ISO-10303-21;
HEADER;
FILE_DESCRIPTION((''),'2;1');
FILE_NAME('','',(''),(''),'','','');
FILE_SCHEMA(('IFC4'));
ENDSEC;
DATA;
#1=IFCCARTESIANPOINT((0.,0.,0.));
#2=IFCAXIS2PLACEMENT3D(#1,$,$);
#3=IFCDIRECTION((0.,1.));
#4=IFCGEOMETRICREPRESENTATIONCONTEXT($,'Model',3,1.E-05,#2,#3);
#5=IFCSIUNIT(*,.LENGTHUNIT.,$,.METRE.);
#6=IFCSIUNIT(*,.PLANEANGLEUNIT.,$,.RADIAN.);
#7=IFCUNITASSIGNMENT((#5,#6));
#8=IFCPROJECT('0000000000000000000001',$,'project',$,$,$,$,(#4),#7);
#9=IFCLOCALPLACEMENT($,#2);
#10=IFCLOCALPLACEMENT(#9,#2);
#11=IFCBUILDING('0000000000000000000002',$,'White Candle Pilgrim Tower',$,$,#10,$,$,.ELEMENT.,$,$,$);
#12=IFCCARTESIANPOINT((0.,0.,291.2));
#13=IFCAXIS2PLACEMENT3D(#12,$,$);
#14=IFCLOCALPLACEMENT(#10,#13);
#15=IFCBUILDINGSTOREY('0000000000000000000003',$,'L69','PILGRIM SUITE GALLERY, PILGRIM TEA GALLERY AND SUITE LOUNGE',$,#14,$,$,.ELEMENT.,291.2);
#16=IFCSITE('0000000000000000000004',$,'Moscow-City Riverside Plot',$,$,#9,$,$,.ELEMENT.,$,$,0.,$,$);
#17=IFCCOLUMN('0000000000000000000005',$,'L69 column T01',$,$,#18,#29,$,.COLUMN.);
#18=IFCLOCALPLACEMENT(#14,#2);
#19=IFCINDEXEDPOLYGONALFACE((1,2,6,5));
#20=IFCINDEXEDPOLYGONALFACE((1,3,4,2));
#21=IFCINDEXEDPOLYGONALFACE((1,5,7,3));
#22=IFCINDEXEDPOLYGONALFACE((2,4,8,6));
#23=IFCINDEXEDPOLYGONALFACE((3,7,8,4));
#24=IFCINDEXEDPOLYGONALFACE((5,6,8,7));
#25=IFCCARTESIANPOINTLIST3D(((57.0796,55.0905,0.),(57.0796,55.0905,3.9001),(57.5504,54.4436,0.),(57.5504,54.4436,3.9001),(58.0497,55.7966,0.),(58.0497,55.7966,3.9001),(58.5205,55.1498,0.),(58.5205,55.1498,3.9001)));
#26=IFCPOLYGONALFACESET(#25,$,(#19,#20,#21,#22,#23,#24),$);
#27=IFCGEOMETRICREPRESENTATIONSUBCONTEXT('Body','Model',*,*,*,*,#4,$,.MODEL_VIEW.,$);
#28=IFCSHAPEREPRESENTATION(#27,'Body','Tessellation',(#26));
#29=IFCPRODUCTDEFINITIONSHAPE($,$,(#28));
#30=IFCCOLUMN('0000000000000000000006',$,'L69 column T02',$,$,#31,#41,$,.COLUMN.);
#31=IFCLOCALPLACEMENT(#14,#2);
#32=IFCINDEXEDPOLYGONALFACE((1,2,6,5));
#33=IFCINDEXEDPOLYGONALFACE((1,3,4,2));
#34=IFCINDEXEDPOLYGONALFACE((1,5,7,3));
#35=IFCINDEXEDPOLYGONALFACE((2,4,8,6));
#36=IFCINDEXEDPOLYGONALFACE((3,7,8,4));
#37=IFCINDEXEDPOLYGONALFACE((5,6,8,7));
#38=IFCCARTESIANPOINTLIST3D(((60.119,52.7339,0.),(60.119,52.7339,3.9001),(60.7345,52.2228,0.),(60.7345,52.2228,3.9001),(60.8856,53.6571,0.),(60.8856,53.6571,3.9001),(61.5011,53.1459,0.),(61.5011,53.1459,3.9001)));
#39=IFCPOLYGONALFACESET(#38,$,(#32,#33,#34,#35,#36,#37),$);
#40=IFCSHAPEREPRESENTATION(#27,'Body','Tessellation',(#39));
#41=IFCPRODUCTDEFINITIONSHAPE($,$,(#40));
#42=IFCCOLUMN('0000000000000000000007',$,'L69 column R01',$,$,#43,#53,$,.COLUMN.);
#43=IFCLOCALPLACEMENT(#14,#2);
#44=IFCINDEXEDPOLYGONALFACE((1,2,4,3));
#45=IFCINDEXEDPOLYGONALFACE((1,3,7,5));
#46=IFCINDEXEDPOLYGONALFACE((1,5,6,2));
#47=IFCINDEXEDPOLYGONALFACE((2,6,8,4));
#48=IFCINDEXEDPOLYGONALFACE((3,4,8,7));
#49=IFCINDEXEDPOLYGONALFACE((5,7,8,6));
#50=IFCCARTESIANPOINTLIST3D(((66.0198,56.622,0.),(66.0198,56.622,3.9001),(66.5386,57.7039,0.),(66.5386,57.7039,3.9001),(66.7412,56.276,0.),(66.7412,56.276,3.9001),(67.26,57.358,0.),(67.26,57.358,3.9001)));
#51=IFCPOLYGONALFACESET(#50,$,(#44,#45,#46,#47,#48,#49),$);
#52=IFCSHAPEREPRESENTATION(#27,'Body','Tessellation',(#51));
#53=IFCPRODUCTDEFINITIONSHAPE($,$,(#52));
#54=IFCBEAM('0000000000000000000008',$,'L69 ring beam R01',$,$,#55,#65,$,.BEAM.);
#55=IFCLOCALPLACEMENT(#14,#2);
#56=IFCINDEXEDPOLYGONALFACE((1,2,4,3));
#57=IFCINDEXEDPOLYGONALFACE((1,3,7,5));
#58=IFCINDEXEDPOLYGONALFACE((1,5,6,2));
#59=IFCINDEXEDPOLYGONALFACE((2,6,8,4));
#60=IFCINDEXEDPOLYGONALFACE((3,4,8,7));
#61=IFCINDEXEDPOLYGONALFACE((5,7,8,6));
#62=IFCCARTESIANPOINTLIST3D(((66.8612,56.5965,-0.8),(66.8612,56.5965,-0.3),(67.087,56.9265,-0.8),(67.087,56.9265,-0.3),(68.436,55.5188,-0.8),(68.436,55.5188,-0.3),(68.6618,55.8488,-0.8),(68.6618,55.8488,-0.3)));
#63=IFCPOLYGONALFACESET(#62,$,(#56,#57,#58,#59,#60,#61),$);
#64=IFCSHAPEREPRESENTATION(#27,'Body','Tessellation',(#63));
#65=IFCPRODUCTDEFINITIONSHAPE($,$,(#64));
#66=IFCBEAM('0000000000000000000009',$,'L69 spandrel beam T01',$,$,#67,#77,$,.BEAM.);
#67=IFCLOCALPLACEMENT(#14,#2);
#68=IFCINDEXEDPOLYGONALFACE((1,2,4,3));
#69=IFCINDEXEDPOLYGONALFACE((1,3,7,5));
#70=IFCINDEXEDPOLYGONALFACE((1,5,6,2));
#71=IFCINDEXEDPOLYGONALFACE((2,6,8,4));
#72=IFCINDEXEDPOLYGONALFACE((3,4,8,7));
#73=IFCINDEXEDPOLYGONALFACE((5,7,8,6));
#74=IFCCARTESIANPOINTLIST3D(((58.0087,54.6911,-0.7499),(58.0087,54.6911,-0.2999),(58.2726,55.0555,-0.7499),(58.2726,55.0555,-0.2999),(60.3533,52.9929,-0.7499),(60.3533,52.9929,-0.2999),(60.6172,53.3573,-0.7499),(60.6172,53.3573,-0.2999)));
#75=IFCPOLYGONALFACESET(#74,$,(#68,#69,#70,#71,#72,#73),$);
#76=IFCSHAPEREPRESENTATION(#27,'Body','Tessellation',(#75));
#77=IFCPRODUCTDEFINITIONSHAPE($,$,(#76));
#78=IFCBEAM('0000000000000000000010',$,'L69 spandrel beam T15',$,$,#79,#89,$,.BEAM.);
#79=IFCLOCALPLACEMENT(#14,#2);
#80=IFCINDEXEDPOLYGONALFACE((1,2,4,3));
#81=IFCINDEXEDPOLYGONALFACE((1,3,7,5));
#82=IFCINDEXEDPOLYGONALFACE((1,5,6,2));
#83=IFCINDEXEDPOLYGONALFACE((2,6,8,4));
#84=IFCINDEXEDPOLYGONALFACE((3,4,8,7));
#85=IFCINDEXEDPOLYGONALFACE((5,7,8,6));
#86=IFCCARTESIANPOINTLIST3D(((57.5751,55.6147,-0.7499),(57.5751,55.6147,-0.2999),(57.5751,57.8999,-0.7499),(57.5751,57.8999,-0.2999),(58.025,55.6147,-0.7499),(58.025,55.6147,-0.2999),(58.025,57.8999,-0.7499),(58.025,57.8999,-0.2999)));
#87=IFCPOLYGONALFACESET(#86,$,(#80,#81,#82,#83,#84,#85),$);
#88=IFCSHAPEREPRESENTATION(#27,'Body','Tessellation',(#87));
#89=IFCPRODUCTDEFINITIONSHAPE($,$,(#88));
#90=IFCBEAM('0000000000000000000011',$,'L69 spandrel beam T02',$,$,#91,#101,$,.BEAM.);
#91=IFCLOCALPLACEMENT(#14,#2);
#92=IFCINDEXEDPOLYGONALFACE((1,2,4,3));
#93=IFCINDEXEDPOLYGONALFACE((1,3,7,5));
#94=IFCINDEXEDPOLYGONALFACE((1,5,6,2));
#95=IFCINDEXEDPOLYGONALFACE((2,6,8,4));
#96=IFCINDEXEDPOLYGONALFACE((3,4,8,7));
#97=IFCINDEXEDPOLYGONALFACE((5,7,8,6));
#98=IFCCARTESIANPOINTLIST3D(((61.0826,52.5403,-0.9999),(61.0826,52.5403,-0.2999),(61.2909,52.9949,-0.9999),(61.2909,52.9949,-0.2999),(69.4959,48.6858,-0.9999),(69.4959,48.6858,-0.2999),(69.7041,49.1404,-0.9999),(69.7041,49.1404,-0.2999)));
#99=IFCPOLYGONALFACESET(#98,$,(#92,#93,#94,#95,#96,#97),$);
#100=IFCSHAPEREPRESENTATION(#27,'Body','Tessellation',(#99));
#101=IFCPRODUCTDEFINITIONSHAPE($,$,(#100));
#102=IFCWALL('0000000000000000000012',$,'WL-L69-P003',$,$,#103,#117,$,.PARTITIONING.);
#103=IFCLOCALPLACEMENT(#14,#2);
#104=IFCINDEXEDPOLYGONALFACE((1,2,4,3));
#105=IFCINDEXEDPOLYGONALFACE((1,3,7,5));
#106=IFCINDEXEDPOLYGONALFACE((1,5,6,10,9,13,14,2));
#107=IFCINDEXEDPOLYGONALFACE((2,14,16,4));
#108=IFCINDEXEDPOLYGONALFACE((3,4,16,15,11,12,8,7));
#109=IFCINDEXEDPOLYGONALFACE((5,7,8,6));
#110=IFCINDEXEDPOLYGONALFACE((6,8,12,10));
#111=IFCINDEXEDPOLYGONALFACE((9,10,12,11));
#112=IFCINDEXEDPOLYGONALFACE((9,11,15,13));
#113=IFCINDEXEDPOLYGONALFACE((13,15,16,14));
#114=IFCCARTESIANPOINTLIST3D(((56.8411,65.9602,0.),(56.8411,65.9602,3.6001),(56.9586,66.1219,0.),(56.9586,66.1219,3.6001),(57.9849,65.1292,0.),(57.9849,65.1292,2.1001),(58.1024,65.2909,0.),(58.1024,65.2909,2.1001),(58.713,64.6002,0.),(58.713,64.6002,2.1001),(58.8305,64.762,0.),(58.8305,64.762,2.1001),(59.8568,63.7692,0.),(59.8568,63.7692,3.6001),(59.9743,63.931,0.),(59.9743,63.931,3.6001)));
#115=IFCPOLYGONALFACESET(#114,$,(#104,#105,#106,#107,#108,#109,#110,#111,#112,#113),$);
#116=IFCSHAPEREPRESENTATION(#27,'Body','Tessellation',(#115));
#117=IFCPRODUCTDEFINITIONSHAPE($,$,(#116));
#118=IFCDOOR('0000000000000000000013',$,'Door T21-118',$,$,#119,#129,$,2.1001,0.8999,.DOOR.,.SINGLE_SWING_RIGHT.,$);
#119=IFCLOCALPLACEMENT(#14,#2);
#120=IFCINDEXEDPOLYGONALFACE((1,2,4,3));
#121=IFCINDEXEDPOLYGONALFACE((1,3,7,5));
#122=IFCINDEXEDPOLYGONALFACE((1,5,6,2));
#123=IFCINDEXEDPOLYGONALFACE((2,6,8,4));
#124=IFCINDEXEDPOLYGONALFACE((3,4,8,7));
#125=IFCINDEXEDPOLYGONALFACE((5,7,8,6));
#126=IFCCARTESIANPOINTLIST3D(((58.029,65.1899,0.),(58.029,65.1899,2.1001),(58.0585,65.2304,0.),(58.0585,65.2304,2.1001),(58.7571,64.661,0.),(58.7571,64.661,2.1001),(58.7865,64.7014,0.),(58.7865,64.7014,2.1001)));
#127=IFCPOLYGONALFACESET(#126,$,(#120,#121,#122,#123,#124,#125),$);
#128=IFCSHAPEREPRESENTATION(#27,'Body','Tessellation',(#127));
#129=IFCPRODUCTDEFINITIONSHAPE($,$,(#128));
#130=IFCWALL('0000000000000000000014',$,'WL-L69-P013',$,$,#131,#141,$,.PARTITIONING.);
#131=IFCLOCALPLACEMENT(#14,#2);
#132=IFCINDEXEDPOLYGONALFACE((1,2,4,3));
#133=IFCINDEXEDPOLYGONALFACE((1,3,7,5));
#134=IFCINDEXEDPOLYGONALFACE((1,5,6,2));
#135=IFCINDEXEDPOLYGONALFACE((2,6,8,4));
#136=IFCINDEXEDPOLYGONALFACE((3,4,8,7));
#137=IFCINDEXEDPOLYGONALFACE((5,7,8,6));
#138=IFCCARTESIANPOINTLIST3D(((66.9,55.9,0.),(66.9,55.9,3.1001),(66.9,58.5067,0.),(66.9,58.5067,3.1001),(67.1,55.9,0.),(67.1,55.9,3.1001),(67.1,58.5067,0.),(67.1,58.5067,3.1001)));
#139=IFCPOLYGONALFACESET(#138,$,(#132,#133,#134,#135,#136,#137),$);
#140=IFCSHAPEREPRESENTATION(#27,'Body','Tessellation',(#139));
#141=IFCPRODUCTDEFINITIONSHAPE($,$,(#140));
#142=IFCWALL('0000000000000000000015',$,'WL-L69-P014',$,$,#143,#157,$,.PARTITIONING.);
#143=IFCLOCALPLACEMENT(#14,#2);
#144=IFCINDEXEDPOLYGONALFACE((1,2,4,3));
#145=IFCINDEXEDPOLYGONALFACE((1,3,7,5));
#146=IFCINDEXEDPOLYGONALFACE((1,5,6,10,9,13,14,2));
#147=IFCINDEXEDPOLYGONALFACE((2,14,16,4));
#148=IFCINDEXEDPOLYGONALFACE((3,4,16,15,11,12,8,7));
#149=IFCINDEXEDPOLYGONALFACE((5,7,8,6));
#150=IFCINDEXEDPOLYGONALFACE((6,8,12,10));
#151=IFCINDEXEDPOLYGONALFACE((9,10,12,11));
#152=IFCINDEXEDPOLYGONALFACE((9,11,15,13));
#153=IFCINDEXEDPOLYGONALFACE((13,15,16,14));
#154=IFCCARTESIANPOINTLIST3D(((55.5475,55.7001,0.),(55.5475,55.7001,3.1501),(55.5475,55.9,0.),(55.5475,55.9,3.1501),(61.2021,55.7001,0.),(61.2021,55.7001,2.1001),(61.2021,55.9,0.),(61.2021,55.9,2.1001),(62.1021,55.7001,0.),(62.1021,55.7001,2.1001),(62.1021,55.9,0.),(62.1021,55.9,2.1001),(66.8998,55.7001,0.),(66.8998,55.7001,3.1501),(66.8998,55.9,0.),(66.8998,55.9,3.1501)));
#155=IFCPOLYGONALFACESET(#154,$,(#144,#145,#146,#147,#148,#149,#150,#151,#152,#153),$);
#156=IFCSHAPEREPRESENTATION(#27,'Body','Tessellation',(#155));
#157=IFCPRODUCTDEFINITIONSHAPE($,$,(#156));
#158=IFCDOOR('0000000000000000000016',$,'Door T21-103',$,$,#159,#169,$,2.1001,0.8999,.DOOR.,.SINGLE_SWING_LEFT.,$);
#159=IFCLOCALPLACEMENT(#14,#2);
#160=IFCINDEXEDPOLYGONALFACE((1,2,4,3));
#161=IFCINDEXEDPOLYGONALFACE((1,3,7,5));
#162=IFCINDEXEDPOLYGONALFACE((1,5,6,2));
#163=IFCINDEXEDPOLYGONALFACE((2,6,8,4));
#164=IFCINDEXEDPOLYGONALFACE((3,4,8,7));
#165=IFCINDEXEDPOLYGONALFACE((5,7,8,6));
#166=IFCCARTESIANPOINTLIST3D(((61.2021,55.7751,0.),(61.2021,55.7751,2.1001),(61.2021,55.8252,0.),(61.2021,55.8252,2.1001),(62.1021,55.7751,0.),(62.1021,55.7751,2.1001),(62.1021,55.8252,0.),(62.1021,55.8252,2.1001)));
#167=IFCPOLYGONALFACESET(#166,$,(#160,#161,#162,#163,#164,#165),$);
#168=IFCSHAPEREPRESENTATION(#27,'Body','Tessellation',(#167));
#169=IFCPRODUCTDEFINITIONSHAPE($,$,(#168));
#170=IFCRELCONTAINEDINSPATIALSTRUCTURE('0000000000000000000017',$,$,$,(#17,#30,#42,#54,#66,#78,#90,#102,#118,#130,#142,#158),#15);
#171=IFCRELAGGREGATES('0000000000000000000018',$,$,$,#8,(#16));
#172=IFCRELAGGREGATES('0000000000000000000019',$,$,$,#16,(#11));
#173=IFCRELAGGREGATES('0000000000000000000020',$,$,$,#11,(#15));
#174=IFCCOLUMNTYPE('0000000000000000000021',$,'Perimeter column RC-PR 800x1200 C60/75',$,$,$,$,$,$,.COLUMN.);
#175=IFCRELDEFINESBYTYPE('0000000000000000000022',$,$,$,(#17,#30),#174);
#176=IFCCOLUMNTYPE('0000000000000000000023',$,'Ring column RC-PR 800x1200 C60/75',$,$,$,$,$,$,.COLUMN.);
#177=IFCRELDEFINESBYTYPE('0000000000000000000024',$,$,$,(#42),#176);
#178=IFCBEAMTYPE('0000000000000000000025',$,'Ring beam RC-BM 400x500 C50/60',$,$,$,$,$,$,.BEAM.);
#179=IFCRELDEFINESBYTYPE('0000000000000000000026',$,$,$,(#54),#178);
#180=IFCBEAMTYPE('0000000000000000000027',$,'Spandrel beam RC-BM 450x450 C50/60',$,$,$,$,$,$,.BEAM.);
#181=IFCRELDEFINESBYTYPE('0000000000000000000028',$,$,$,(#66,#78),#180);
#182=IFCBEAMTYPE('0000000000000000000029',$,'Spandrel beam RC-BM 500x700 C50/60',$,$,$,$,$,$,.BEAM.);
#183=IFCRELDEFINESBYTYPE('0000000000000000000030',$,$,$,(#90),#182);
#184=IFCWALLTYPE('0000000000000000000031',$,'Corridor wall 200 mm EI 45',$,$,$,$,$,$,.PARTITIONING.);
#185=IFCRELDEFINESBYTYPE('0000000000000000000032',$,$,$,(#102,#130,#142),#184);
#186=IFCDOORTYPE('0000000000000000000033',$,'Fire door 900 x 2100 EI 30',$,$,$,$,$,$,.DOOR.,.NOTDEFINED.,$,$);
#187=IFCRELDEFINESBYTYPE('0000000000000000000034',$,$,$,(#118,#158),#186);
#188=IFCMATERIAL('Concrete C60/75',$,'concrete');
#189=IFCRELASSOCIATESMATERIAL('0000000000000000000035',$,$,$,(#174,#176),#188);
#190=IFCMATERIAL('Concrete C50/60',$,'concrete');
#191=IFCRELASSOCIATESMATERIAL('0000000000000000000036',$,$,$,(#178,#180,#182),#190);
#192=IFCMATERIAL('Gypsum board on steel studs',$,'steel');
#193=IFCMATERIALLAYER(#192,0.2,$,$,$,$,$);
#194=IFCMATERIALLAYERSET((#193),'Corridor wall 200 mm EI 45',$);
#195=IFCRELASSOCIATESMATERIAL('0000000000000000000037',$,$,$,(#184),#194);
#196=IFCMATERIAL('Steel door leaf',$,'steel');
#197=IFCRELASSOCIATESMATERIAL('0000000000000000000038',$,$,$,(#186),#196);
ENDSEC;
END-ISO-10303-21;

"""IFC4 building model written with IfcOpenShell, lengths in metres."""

from ifc_helpers import new_model, si_unit, direction, frame, frame_2d, origin, origin_2d, place, context, subcontext, project, spatial, rectangle, extrude, material, layer, layer_set, material_profile, profile_set, type_object, element, fill, save


model = new_model("IFC4")

# Units and contexts
model_context = context("Model", 3, precision=1e-05, world=origin(), true_north=direction((0.0, 1.0)))
body_context = subcontext(model_context, "Body", "Model", "MODEL_VIEW")
ifc_project = project(units=[si_unit("LENGTHUNIT", "METRE"), si_unit("PLANEANGLEUNIT", "RADIAN")], contexts=[model_context])

# Site, building, storey
site_placement = place(None, origin())
site = spatial("IfcSite", under=ifc_project, at=site_placement, Name="Moscow-City Riverside Plot", CompositionType="ELEMENT", RefElevation=0.0)
building_placement = place(site_placement, origin())
building = spatial("IfcBuilding", under=site, at=building_placement, Name="White Candle Pilgrim Tower", CompositionType="ELEMENT")
storey_placement = place(building_placement, frame((0.0, 0.0, 291.2)))
storey = spatial("IfcBuildingStorey", under=building, at=storey_placement, Name="L69", Description="PILGRIM SUITE GALLERY, PILGRIM TEA GALLERY AND SUITE LOUNGE", CompositionType="ELEMENT", Elevation=291.2)

# Columns
ifc_material_1 = material(Name="Concrete C60/75", Category="concrete")
ifc_material_profile_1 = material_profile(ifc_material_1, rectangle(XDim=0.8, YDim=1.2, at=origin_2d()), Name="RC-PR 800x1200")
ifc_profile_set_1 = profile_set([ifc_material_profile_1], Name="Concrete C60/75")
column_type_1 = type_object("IfcColumnType", Name="Perimeter column RC-PR 800x1200 C60/75", PredefinedType="COLUMN", material=ifc_profile_set_1)
for number, where, z_axis, x_axis, name in (
    (1, (57.8, 55.1201, 0.0), (0.0, 0.0, 1.0), (-0.588463, 0.808524, 0.0), "L69 column T01"),
    (2, (60.8101, 52.9399, 0.0), (0.0, 0.0, 1.0), (-0.76931, 0.638875, 0.0), "L69 column T02"),
):
    element("IfcColumn", number, at=place(storey_placement, frame(where, z_axis=z_axis, x_axis=x_axis)), inside=storey, type_object=column_type_1, Name=name, PredefinedType="COLUMN", context=body_context, shape_type="SweptSolid", body=[
        extrude(rectangle(XDim=0.8, YDim=1.2, at=origin_2d()), origin(), (0.0, 0.0, 1.0), 3.9001),
    ])
ifc_material_profile_2 = material_profile(ifc_material_1, rectangle(XDim=0.8, YDim=1.2, at=origin_2d()), Name="RC-PR 800x1200")
ifc_profile_set_2 = profile_set([ifc_material_profile_2], Name="Concrete C60/75")
column_type_2 = type_object("IfcColumnType", Name="Ring column RC-PR 800x1200 C60/75", PredefinedType="COLUMN", material=ifc_profile_set_2)
column_placement = place(storey_placement, frame((66.6399, 56.99, 0.0), z_axis=(0.0, 0.0, 1.0), x_axis=(-0.901689, 0.432385, 0.0)))
element("IfcColumn", 3, at=column_placement, inside=storey, type_object=column_type_2, Name="L69 column R01", PredefinedType="COLUMN", context=body_context, shape_type="SweptSolid", body=[
    extrude(rectangle(XDim=0.8, YDim=1.2, at=origin_2d()), origin(), (0.0, 0.0, 1.0), 3.9001),
])

# Beams
ifc_material_2 = material(Name="Concrete C50/60", Category="concrete")
ifc_material_profile_3 = material_profile(ifc_material_2, rectangle(XDim=0.3999, YDim=0.5, at=origin_2d()), Name="RC-BM 400x500")
ifc_profile_set_3 = profile_set([ifc_material_profile_3], Name="Concrete C50/60")
beam_type_1 = type_object("IfcBeamType", Name="Ring beam RC-BM 400x500 C50/60", PredefinedType="BEAM", material=ifc_profile_set_3)
beam_1_placement = place(storey_placement, frame((66.9741, 56.7615, -0.55), z_axis=(0.825257, -0.564757, 0.0), x_axis=(0.564757, 0.825257, 0.0)))
element("IfcBeam", 4, at=beam_1_placement, inside=storey, type_object=beam_type_1, Name="L69 ring beam R01", PredefinedType="BEAM", context=body_context, shape_type="SweptSolid", body=[
    extrude(rectangle(XDim=0.3999, YDim=0.5, at=origin_2d()), origin(), (0.0, 0.0, 1.0), 1.9082),
])
ifc_material_profile_4 = material_profile(ifc_material_2, rectangle(XDim=0.45, YDim=0.45, at=origin_2d()), Name="RC-BM 450x450")
ifc_profile_set_4 = profile_set([ifc_material_profile_4], Name="Concrete C50/60")
beam_type_2 = type_object("IfcBeamType", Name="Spandrel beam RC-BM 450x450 C50/60", PredefinedType="BEAM", material=ifc_profile_set_4)
beam_2_placement = place(storey_placement, frame((58.1406, 54.8733, -0.5249), z_axis=(0.809887, -0.586586, 0.0), x_axis=(0.586586, 0.809887, 0.0)))
element("IfcBeam", 5, at=beam_2_placement, inside=storey, type_object=beam_type_2, Name="L69 spandrel beam T01", PredefinedType="BEAM", context=body_context, shape_type="SweptSolid", body=[
    extrude(rectangle(XDim=0.45, YDim=0.45, at=origin_2d()), origin(), (0.0, 0.0, 1.0), 2.895),
])
beam_3_placement = place(storey_placement, frame((57.8, 55.6147, -0.5249), z_axis=(0.0, 1.0, 0.0), x_axis=(-1.0, 0.0, 0.0)))
element("IfcBeam", 6, at=beam_3_placement, inside=storey, type_object=beam_type_2, Name="L69 spandrel beam T15", PredefinedType="BEAM", context=body_context, shape_type="SweptSolid", body=[
    extrude(rectangle(XDim=0.45, YDim=0.45, at=origin_2d()), origin(), (0.0, 0.0, 1.0), 2.2852),
])
ifc_material_profile_5 = material_profile(ifc_material_2, rectangle(XDim=0.5, YDim=0.7, at=origin_2d()), Name="RC-BM 500x700")
ifc_profile_set_5 = profile_set([ifc_material_profile_5], Name="Concrete C50/60")
beam_type_3 = type_object("IfcBeamType", Name="Spandrel beam RC-BM 500x700 C50/60", PredefinedType="BEAM", material=ifc_profile_set_5)
beam_4_placement = place(storey_placement, frame((61.1868, 52.7676, -0.6499), z_axis=(0.909131, -0.41651, 0.0), x_axis=(0.41651, 0.909131, 0.0)))
element("IfcBeam", 7, at=beam_4_placement, inside=storey, type_object=beam_type_3, Name="L69 spandrel beam T02", PredefinedType="BEAM", context=body_context, shape_type="SweptSolid", body=[
    extrude(rectangle(XDim=0.5, YDim=0.7, at=origin_2d()), origin(), (0.0, 0.0, 1.0), 9.2542),
])

# Wall, opening, door
ifc_material_3 = material(Name="Gypsum board on steel studs", Category="steel")
ifc_layer_1 = layer(ifc_material_3, 0.2)
ifc_layer_set_1 = layer_set([ifc_layer_1], Name="Corridor wall 200 mm EI 45")
wall_type_1 = type_object("IfcWallType", Name="Corridor wall 200 mm EI 45", PredefinedType="PARTITIONING", material=ifc_layer_set_1)
wall_1_placement = place(storey_placement, frame((59.9155, 63.8501, 0.0), z_axis=(0.0, 0.0, 1.0), x_axis=(-0.809025, 0.587774, 0.0)))
wall_1 = element("IfcWall", 8, at=wall_1_placement, inside=storey, type_object=wall_type_1, Name="WL-L69-P003", PredefinedType="PARTITIONING", context=body_context, shape_type="SweptSolid", body=[
    extrude(rectangle(XDim=3.7275, YDim=0.2, at=frame_2d((1.8638, 0.0))), origin(), (0.0, 0.0, 1.0), 3.6001),
])
opening_1_placement = place(wall_1_placement, frame((1.4138, 0.0, 0.0)))
opening_1 = element("IfcOpeningElement", 9, at=opening_1_placement, cuts=wall_1, PredefinedType="OPENING", context=body_context, shape_type="SweptSolid", body=[
    extrude(rectangle(XDim=0.8999, YDim=2.1001, at=frame_2d((0.45, 1.05))), frame((0.0, 0.1099, 0.0), z_axis=(0.0, -1.0, 0.0), x_axis=(1.0, 0.0, 0.0)), (0.0, 0.0, 1.0), 0.22),
])
ifc_material_4 = material(Name="Steel door leaf", Category="steel")
door_type_1 = type_object("IfcDoorType", Name="Fire door 900 x 2100 EI 30", OperationType="NOTDEFINED", PredefinedType="DOOR", material=ifc_material_4)
door_1_placement = place(opening_1_placement, origin())
door_1 = element("IfcDoor", 10, at=door_1_placement, inside=storey, type_object=door_type_1, Name="Door T21-118", OperationType="SINGLE_SWING_RIGHT", OverallHeight=2.1001, OverallWidth=0.8999, PredefinedType="DOOR", context=body_context, shape_type="SweptSolid", body=[
    extrude(rectangle(XDim=0.8999, YDim=2.1001, at=frame_2d((0.45, 1.05))), frame((0.0, 0.0249, 0.0), z_axis=(0.0, -1.0, 0.0), x_axis=(1.0, 0.0, 0.0)), (0.0, 0.0, 1.0), 0.05),
])
fill(opening_1, door_1)

# Wall
wall_2_placement = place(storey_placement, frame((67.0, 58.5066, 0.0), z_axis=(0.0, 0.0, 1.0), x_axis=(0.0, -1.0, 0.0)))
element("IfcWall", 11, at=wall_2_placement, inside=storey, type_object=wall_type_1, Name="WL-L69-P013", PredefinedType="PARTITIONING", context=body_context, shape_type="SweptSolid", body=[
    extrude(rectangle(XDim=2.6067, YDim=0.2, at=frame_2d((1.3032, 0.0))), origin(), (0.0, 0.0, 1.0), 3.1001),
])

# Wall, opening, door
wall_3_placement = place(storey_placement, frame((66.8999, 55.8, 0.0), z_axis=(0.0, 0.0, 1.0), x_axis=(-1.0, 0.0, 0.0)))
wall_3 = element("IfcWall", 12, at=wall_3_placement, inside=storey, type_object=wall_type_1, Name="WL-L69-P014", PredefinedType="PARTITIONING", context=body_context, shape_type="SweptSolid", body=[
    extrude(rectangle(XDim=11.3523, YDim=0.2, at=frame_2d((5.6763, 0.0))), origin(), (0.0, 0.0, 1.0), 3.1501),
])
opening_2_placement = place(wall_3_placement, frame((4.7979, 0.0, 0.0)))
opening_2 = element("IfcOpeningElement", 13, at=opening_2_placement, cuts=wall_3, PredefinedType="OPENING", context=body_context, shape_type="SweptSolid", body=[
    extrude(rectangle(XDim=0.8999, YDim=2.1001, at=frame_2d((0.45, 1.05))), frame((0.0, 0.1099, 0.0), z_axis=(0.0, -1.0, 0.0), x_axis=(1.0, 0.0, 0.0)), (0.0, 0.0, 1.0), 0.22),
])
door_2_placement = place(opening_2_placement, origin())
door_2 = element("IfcDoor", 14, at=door_2_placement, inside=storey, type_object=door_type_1, Name="Door T21-103", OperationType="SINGLE_SWING_LEFT", OverallHeight=2.1001, OverallWidth=0.8999, PredefinedType="DOOR", context=body_context, shape_type="SweptSolid", body=[
    extrude(rectangle(XDim=0.8999, YDim=2.1001, at=frame_2d((0.45, 1.05))), frame((0.0, 0.0249, 0.0), z_axis=(0.0, -1.0, 0.0), x_axis=(1.0, 0.0, 0.0)), (0.0, 0.0, 1.0), 0.05),
])
fill(opening_2, door_2)

save(model, "model.ifc")
